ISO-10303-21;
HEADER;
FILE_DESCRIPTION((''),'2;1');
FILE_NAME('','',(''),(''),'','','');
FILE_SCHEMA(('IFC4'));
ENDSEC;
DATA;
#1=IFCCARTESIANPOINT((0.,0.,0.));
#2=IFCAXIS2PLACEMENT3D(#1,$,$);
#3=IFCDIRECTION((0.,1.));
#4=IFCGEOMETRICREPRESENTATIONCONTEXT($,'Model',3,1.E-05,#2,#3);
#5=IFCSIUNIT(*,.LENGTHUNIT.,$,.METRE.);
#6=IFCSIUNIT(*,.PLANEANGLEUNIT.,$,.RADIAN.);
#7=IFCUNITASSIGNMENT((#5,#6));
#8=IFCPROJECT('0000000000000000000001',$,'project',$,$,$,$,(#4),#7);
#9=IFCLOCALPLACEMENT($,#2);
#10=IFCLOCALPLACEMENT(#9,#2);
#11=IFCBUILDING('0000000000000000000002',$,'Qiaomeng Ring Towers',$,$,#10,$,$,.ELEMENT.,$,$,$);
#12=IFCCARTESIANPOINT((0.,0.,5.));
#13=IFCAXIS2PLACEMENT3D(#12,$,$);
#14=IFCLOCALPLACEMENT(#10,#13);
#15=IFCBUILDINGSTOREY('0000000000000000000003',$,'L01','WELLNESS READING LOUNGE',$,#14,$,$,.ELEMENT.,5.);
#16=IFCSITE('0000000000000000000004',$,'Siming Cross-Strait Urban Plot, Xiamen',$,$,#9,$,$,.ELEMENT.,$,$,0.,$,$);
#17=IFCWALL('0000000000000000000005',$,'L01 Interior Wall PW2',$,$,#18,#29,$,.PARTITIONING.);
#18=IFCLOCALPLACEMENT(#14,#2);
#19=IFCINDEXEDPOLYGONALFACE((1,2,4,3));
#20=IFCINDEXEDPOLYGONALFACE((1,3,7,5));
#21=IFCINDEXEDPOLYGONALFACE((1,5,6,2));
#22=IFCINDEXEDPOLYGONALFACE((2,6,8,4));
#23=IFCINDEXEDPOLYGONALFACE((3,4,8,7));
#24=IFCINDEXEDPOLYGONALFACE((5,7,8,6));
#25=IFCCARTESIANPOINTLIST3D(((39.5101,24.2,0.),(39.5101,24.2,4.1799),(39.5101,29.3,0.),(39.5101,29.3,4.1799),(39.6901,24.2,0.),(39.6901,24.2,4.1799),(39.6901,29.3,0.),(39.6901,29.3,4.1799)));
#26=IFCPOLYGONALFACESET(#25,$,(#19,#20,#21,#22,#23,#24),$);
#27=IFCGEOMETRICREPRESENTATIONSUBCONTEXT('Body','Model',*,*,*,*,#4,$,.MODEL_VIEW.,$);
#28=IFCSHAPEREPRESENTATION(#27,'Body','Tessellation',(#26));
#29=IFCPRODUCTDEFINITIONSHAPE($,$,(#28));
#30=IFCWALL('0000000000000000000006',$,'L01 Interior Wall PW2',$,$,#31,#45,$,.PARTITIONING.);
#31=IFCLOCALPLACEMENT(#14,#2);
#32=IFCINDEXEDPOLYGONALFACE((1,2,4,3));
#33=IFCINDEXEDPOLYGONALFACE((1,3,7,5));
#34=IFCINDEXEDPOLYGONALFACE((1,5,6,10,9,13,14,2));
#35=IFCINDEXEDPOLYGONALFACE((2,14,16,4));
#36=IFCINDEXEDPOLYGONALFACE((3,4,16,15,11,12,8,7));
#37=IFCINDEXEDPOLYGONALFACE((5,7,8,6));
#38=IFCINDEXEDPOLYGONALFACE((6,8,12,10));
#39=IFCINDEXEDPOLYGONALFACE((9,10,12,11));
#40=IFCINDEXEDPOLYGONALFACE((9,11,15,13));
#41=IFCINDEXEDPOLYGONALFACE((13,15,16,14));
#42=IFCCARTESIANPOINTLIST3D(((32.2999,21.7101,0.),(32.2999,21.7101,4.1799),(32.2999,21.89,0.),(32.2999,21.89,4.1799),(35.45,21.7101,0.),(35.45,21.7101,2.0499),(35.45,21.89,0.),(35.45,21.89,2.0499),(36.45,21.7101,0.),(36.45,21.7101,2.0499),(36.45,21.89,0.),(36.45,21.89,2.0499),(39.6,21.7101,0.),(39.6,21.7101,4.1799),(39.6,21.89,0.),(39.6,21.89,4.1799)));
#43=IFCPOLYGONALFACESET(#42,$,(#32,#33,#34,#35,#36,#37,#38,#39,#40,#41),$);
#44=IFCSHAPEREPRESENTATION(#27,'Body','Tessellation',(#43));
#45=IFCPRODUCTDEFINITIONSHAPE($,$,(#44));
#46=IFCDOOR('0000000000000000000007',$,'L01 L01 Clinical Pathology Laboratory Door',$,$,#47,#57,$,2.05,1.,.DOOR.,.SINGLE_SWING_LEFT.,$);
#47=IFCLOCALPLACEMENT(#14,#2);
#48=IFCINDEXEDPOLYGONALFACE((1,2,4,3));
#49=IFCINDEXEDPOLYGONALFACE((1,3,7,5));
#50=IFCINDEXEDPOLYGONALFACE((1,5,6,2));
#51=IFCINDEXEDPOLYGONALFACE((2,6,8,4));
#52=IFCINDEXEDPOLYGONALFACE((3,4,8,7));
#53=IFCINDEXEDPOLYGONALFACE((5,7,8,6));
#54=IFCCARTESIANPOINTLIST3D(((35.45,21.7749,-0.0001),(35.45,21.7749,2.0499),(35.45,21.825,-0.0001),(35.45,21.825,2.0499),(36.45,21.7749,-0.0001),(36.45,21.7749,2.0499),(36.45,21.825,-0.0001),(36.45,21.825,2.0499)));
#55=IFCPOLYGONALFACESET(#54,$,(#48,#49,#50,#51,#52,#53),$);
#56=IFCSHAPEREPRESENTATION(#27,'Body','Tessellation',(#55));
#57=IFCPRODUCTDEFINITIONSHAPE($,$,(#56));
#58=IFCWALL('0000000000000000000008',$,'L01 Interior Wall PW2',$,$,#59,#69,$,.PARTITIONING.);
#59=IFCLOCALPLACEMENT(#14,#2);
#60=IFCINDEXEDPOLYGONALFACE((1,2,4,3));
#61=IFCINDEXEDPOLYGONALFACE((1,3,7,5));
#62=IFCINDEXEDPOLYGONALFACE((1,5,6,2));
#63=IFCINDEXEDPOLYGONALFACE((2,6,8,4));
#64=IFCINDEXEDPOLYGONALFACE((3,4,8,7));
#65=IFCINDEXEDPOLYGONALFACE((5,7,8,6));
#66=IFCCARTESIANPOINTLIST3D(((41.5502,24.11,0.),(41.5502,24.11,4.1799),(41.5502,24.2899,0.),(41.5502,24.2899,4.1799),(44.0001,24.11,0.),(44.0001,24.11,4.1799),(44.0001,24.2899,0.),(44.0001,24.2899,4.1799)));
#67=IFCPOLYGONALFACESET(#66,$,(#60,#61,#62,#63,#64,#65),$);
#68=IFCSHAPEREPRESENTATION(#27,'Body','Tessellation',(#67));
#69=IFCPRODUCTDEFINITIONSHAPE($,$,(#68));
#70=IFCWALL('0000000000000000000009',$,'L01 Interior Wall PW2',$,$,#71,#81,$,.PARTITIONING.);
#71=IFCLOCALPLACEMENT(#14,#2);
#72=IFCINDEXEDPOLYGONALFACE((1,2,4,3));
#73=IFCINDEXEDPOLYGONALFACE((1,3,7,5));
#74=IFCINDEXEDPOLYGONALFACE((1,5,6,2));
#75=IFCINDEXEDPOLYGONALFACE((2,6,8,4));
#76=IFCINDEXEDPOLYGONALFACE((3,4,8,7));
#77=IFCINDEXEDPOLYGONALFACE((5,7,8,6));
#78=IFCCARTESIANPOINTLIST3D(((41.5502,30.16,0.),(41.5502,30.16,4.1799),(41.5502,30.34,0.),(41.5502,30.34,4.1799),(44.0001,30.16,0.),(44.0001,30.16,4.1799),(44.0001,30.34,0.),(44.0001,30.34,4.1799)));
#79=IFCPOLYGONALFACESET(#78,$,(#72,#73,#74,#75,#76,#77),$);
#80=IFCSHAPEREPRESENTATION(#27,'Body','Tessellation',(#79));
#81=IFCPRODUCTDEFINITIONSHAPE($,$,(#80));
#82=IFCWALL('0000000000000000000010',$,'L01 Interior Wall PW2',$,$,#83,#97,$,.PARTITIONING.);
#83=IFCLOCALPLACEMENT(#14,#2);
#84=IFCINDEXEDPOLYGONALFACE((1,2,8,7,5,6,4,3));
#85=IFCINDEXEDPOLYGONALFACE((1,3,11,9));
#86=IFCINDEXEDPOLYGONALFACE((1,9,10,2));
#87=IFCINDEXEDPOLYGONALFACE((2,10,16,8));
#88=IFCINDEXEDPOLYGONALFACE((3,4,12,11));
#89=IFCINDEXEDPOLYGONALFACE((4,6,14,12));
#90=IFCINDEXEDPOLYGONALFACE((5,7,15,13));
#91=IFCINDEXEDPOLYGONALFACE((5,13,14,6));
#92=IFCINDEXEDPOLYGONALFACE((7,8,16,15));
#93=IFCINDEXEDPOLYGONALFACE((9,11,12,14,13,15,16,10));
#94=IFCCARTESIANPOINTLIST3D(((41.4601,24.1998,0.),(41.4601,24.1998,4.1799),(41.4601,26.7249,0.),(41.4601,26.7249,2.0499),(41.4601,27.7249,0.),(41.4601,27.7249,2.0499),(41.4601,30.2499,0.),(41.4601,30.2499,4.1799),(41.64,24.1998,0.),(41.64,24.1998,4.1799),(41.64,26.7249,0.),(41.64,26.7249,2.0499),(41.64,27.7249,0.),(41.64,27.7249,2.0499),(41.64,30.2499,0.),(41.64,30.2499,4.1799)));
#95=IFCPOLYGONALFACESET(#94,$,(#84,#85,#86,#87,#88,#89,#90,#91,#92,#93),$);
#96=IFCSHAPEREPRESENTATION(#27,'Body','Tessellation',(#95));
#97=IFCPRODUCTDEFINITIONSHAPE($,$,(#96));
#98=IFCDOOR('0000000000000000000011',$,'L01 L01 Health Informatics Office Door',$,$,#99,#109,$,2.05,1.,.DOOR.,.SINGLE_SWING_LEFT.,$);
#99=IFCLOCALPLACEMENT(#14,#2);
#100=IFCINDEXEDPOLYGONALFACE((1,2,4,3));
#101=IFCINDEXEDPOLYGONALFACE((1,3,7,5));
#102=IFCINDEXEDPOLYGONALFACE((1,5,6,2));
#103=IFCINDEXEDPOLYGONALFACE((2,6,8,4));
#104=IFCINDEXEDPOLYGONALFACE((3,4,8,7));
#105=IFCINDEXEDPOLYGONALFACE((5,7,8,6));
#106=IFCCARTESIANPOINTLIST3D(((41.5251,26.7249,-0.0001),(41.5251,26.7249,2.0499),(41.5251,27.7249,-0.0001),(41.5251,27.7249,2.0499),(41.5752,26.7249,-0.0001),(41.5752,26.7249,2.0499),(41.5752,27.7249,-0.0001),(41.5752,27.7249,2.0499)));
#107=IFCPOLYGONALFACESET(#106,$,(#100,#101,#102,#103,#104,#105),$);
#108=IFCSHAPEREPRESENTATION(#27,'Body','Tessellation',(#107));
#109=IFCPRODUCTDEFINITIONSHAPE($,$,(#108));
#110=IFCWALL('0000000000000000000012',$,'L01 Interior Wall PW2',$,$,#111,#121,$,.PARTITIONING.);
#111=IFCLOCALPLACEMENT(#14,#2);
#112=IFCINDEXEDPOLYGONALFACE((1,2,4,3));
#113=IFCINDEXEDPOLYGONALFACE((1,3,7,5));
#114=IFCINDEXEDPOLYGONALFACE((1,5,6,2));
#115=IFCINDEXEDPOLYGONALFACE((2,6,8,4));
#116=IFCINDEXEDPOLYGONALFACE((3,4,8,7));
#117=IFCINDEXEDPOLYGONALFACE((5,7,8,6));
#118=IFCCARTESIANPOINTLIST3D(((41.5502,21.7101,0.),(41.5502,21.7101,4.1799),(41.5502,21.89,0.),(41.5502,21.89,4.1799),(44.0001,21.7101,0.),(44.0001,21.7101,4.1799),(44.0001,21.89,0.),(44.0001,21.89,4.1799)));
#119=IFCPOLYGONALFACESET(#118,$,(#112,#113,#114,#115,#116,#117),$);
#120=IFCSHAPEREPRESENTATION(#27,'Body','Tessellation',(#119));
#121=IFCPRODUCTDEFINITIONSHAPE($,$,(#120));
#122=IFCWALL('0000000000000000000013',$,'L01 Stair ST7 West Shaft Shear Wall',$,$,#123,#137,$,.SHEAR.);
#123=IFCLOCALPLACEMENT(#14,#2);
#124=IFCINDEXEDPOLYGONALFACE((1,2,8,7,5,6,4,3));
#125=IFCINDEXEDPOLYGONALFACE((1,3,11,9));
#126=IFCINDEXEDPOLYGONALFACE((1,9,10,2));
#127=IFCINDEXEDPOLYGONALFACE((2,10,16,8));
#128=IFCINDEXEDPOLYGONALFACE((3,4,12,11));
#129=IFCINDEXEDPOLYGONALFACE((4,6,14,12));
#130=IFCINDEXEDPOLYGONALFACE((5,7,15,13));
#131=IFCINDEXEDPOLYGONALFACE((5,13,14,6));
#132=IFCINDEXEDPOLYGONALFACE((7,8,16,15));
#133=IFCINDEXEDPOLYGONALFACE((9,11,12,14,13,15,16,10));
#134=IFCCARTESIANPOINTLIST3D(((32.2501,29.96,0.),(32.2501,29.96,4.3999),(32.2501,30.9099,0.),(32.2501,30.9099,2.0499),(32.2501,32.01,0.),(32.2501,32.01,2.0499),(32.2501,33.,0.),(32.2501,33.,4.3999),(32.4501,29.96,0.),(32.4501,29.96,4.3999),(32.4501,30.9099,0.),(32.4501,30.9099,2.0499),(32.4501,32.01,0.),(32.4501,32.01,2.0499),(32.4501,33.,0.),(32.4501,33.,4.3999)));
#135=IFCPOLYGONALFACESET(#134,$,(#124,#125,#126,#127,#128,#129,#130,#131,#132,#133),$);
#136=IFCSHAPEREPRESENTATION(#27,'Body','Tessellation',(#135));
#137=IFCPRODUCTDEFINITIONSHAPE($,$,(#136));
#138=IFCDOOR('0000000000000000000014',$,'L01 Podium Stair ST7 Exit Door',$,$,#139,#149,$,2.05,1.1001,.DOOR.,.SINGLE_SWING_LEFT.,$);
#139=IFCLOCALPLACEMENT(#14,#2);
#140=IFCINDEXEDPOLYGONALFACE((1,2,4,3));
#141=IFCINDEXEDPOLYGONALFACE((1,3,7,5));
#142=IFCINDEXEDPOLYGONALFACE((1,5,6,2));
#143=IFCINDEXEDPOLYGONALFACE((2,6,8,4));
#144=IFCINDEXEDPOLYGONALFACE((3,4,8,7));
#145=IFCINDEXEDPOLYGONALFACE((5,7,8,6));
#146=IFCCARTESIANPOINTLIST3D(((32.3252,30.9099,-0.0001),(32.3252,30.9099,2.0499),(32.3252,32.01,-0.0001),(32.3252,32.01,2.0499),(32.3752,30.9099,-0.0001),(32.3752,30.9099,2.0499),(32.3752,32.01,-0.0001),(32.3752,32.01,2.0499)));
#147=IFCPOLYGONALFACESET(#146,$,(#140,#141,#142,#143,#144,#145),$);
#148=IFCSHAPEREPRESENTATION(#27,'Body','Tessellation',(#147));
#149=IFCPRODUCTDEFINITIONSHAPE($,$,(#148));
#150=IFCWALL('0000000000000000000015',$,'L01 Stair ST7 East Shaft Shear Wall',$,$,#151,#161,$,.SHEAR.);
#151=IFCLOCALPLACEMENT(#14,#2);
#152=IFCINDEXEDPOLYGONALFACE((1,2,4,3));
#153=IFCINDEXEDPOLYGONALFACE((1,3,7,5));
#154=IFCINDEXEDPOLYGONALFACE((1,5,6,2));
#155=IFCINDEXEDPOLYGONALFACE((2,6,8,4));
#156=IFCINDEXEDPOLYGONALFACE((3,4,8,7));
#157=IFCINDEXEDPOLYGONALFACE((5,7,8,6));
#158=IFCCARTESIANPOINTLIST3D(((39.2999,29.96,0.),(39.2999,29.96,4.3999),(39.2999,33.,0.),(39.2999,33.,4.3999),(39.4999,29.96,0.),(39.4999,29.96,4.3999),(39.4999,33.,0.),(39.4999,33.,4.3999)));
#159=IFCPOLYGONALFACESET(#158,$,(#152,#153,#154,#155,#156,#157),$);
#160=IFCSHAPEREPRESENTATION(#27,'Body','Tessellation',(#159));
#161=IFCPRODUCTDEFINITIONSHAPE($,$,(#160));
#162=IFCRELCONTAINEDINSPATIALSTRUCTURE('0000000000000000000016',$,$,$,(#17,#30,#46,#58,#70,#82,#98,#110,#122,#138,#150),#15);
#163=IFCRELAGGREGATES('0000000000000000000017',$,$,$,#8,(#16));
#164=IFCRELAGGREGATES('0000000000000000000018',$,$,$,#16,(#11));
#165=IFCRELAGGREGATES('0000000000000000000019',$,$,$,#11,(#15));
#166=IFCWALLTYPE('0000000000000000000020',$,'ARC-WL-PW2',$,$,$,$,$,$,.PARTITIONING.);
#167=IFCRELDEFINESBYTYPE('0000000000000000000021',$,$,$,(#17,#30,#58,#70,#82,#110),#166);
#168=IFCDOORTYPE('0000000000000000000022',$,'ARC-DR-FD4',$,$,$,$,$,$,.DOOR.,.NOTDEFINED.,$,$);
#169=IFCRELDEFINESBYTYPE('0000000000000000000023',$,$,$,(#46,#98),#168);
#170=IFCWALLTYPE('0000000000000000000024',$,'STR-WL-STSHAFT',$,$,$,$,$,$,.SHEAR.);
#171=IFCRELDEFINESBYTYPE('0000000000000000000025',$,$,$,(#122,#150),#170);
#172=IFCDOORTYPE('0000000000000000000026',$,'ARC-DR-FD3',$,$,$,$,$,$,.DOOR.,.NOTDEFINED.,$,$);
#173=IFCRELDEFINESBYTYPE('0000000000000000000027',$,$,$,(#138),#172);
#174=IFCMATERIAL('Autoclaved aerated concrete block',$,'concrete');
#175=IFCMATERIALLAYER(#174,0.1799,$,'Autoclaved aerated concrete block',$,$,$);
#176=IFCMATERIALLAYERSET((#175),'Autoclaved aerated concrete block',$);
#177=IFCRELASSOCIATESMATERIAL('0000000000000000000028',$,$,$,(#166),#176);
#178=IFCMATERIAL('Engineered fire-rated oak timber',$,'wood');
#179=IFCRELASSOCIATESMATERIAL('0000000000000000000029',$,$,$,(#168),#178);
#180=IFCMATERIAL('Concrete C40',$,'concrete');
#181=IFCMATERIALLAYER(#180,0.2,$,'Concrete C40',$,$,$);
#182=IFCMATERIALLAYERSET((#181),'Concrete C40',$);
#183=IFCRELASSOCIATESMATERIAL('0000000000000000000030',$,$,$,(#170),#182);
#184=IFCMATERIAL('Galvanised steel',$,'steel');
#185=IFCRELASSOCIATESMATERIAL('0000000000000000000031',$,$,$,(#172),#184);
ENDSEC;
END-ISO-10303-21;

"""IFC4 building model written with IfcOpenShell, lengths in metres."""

from ifc_helpers import new_model, si_unit, direction, frame, frame_2d, origin, place, context, subcontext, project, spatial, rectangle, extrude, source, transform, mapped, material, layer, layer_set, type_object, element, fill, save


model = new_model("IFC4")

# Units and contexts
model_context = context("Model", 3, precision=1e-05, world=origin(), true_north=direction((0.0, 1.0)))
body_context = subcontext(model_context, "Body", "Model", "MODEL_VIEW")
ifc_project = project(units=[si_unit("LENGTHUNIT", "METRE"), si_unit("PLANEANGLEUNIT", "RADIAN")], contexts=[model_context])

# Site, building, storey
site_placement = place(None, origin())
site = spatial("IfcSite", under=ifc_project, at=site_placement, Name="Siming Cross-Strait Urban Plot, Xiamen", CompositionType="ELEMENT", RefElevation=0.0)
building_placement = place(site_placement, origin())
building = spatial("IfcBuilding", under=site, at=building_placement, Name="Qiaomeng Ring Towers", CompositionType="ELEMENT")
storey_placement = place(building_placement, frame((0.0, 0.0, 5.0)))
storey = spatial("IfcBuildingStorey", under=building, at=storey_placement, Name="L01", Description="WELLNESS READING LOUNGE", CompositionType="ELEMENT", Elevation=5.0)

# Wall
ifc_material_1 = material(Name="Autoclaved aerated concrete block", Category="concrete")
ifc_layer_1 = layer(ifc_material_1, 0.1799, Name="Autoclaved aerated concrete block")
ifc_layer_set_1 = layer_set([ifc_layer_1], Name="Autoclaved aerated concrete block")
wall_type_1 = type_object("IfcWallType", Name="ARC-WL-PW2", PredefinedType="PARTITIONING", material=ifc_layer_set_1)
wall_1_placement = place(storey_placement, frame((39.6001, 24.2, 0.0), z_axis=(0.0, 0.0, 1.0), x_axis=(0.0, 1.0, 0.0)))
element("IfcWall", 1, at=wall_1_placement, inside=storey, type_object=wall_type_1, Name="L01 Interior Wall PW2", PredefinedType="PARTITIONING", context=body_context, shape_type="SweptSolid", body=[
    extrude(rectangle(XDim=5.1001, YDim=0.1799, at=frame_2d((2.55, 0.0))), origin(), (0.0, 0.0, 1.0), 4.1799),
])

# Wall, opening, door
wall_2_placement = place(storey_placement, frame((32.3, 21.8, 0.0), z_axis=(0.0, 0.0, 1.0), x_axis=(1.0, 0.0, 0.0)))
wall_2 = element("IfcWall", 2, at=wall_2_placement, inside=storey, type_object=wall_type_1, Name="L01 Interior Wall PW2", PredefinedType="PARTITIONING", context=body_context, shape_type="SweptSolid", body=[
    extrude(rectangle(XDim=7.3, YDim=0.1799, at=frame_2d((3.6499, 0.0))), origin(), (0.0, 0.0, 1.0), 4.1799),
])
opening_1_placement = place(wall_2_placement, frame((3.1499, 0.0, 0.0)))
opening_1 = element("IfcOpeningElement", 3, at=opening_1_placement, cuts=wall_2, PredefinedType="OPENING", context=body_context, shape_type="SweptSolid", body=[
    extrude(rectangle(XDim=1.0, YDim=2.05, at=frame_2d((0.5, 1.0249))), frame((0.0, 0.0999, 0.0), z_axis=(0.0, -1.0, 0.0), x_axis=(1.0, 0.0, 0.0)), (0.0, 0.0, 1.0), 0.2),
])
ifc_material_2 = material(Name="Engineered fire-rated oak timber", Category="wood")
door_type_1 = type_object("IfcDoorType", Name="ARC-DR-FD4", OperationType="NOTDEFINED", PredefinedType="DOOR", material=ifc_material_2)
shared_shape_1 = source(origin(), body_context, "Body", "SweptSolid", [
    extrude(rectangle(XDim=1.0, YDim=2.05, at=frame_2d((0.5, 1.0249))), frame((0.0, 0.0249, 0.0), z_axis=(0.0, -1.0, 0.0), x_axis=(1.0, 0.0, 0.0)), (0.0, 0.0, 1.0), 0.05),
])
door_1_placement = place(opening_1_placement, origin())
door_1 = element("IfcDoor", 4, at=door_1_placement, inside=storey, type_object=door_type_1, Name="L01 L01 Clinical Pathology Laboratory Door", OperationType="SINGLE_SWING_LEFT", OverallHeight=2.05, OverallWidth=1.0, PredefinedType="DOOR", context=body_context, shape_type="MappedRepresentation", body=[
    mapped(shared_shape_1, transform((0.0, 0.0, 0.0), x_axis=(1.0, 0.0, 0.0), y_axis=(0.0, 1.0, 0.0), z_axis=(0.0, 0.0, 1.0), scale=1.0)),
])
fill(opening_1, door_1)

# Walls
for number, where, z_axis, x_axis, name in (
    (5, (41.55, 24.2, 0.0), (0.0, 0.0, 1.0), (1.0, 0.0, 0.0), "L01 Interior Wall PW2"),
    (6, (41.55, 30.25, 0.0), (0.0, 0.0, 1.0), (1.0, 0.0, 0.0), "L01 Interior Wall PW2"),
):
    element("IfcWall", number, at=place(storey_placement, frame(where, z_axis=z_axis, x_axis=x_axis)), inside=storey, type_object=wall_type_1, Name=name, PredefinedType="PARTITIONING", context=body_context, shape_type="SweptSolid", body=[
        extrude(rectangle(XDim=2.45, YDim=0.1799, at=frame_2d((1.2251, 0.0))), origin(), (0.0, 0.0, 1.0), 4.1799),
    ])

# Wall, opening, door
wall_3_placement = place(storey_placement, frame((41.55, 24.2, 0.0), z_axis=(0.0, 0.0, 1.0), x_axis=(0.0, 1.0, 0.0)))
wall_3 = element("IfcWall", 7, at=wall_3_placement, inside=storey, type_object=wall_type_1, Name="L01 Interior Wall PW2", PredefinedType="PARTITIONING", context=body_context, shape_type="SweptSolid", body=[
    extrude(rectangle(XDim=6.05, YDim=0.1799, at=frame_2d((3.0249, 0.0))), origin(), (0.0, 0.0, 1.0), 4.1799),
])
opening_2_placement = place(wall_3_placement, frame((2.5249, 0.0, 0.0)))
opening_2 = element("IfcOpeningElement", 8, at=opening_2_placement, cuts=wall_3, PredefinedType="OPENING", context=body_context, shape_type="SweptSolid", body=[
    extrude(rectangle(XDim=1.0, YDim=2.05, at=frame_2d((0.5, 1.0249))), frame((0.0, 0.0999, 0.0), z_axis=(0.0, -1.0, 0.0), x_axis=(1.0, 0.0, 0.0)), (0.0, 0.0, 1.0), 0.2),
])
door_2_placement = place(opening_2_placement, origin())
door_2 = element("IfcDoor", 9, at=door_2_placement, inside=storey, type_object=door_type_1, Name="L01 L01 Health Informatics Office Door", OperationType="SINGLE_SWING_LEFT", OverallHeight=2.05, OverallWidth=1.0, PredefinedType="DOOR", context=body_context, shape_type="MappedRepresentation", body=[
    mapped(shared_shape_1, transform((0.0, 0.0, 0.0), x_axis=(1.0, 0.0, 0.0), y_axis=(0.0, 1.0, 0.0), z_axis=(0.0, 0.0, 1.0), scale=1.0)),
])
fill(opening_2, door_2)

# Wall
wall_4_placement = place(storey_placement, frame((41.55, 21.8, 0.0), z_axis=(0.0, 0.0, 1.0), x_axis=(1.0, 0.0, 0.0)))
element("IfcWall", 10, at=wall_4_placement, inside=storey, type_object=wall_type_1, Name="L01 Interior Wall PW2", PredefinedType="PARTITIONING", context=body_context, shape_type="SweptSolid", body=[
    extrude(rectangle(XDim=2.45, YDim=0.1799, at=frame_2d((1.2251, 0.0))), origin(), (0.0, 0.0, 1.0), 4.1799),
])

# Wall, opening, door
ifc_material_3 = material(Name="Concrete C40", Category="concrete")
ifc_layer_2 = layer(ifc_material_3, 0.2, Name="Concrete C40")
ifc_layer_set_2 = layer_set([ifc_layer_2], Name="Concrete C40")
wall_type_2 = type_object("IfcWallType", Name="STR-WL-STSHAFT", PredefinedType="SHEAR", material=ifc_layer_set_2)
wall_5_placement = place(storey_placement, frame((32.3501, 29.96, 0.0), z_axis=(0.0, 0.0, 1.0), x_axis=(0.0, 1.0, 0.0)))
wall_5 = element("IfcWall", 11, at=wall_5_placement, inside=storey, type_object=wall_type_2, Name="L01 Stair ST7 West Shaft Shear Wall", PredefinedType="SHEAR", context=body_context, shape_type="SweptSolid", body=[
    extrude(rectangle(XDim=3.04, YDim=0.2, at=frame_2d((1.52, 0.0))), origin(), (0.0, 0.0, 1.0), 4.3999),
])
opening_3_placement = place(wall_5_placement, frame((0.95, 0.0, 0.0)))
opening_3 = element("IfcOpeningElement", 12, at=opening_3_placement, cuts=wall_5, PredefinedType="OPENING", context=body_context, shape_type="SweptSolid", body=[
    extrude(rectangle(XDim=1.1001, YDim=2.05, at=frame_2d((0.55, 1.0249))), frame((0.0, 0.1099, 0.0), z_axis=(0.0, -1.0, 0.0), x_axis=(1.0, 0.0, 0.0)), (0.0, 0.0, 1.0), 0.22),
])
ifc_material_4 = material(Name="Galvanised steel", Category="steel")
door_type_2 = type_object("IfcDoorType", Name="ARC-DR-FD3", OperationType="NOTDEFINED", PredefinedType="DOOR", material=ifc_material_4)
shared_shape_2 = source(origin(), body_context, "Body", "SweptSolid", [
    extrude(rectangle(XDim=1.1001, YDim=2.05, at=frame_2d((0.55, 1.0249))), frame((0.0, 0.0249, 0.0), z_axis=(0.0, -1.0, 0.0), x_axis=(1.0, 0.0, 0.0)), (0.0, 0.0, 1.0), 0.05),
])
door_3_placement = place(opening_3_placement, origin())
door_3 = element("IfcDoor", 13, at=door_3_placement, inside=storey, type_object=door_type_2, Name="L01 Podium Stair ST7 Exit Door", OperationType="SINGLE_SWING_LEFT", OverallHeight=2.05, OverallWidth=1.1001, PredefinedType="DOOR", context=body_context, shape_type="MappedRepresentation", body=[
    mapped(shared_shape_2, transform((0.0, 0.0, 0.0), x_axis=(1.0, 0.0, 0.0), y_axis=(0.0, 1.0, 0.0), z_axis=(0.0, 0.0, 1.0), scale=1.0)),
])
fill(opening_3, door_3)

# Wall
wall_6_placement = place(storey_placement, frame((39.3999, 29.96, 0.0), z_axis=(0.0, 0.0, 1.0), x_axis=(0.0, 1.0, 0.0)))
element("IfcWall", 14, at=wall_6_placement, inside=storey, type_object=wall_type_2, Name="L01 Stair ST7 East Shaft Shear Wall", PredefinedType="SHEAR", context=body_context, shape_type="SweptSolid", body=[
    extrude(rectangle(XDim=3.04, YDim=0.2, at=frame_2d((1.52, 0.0))), origin(), (0.0, 0.0, 1.0), 4.3999),
])

save(model, "model.ifc")
